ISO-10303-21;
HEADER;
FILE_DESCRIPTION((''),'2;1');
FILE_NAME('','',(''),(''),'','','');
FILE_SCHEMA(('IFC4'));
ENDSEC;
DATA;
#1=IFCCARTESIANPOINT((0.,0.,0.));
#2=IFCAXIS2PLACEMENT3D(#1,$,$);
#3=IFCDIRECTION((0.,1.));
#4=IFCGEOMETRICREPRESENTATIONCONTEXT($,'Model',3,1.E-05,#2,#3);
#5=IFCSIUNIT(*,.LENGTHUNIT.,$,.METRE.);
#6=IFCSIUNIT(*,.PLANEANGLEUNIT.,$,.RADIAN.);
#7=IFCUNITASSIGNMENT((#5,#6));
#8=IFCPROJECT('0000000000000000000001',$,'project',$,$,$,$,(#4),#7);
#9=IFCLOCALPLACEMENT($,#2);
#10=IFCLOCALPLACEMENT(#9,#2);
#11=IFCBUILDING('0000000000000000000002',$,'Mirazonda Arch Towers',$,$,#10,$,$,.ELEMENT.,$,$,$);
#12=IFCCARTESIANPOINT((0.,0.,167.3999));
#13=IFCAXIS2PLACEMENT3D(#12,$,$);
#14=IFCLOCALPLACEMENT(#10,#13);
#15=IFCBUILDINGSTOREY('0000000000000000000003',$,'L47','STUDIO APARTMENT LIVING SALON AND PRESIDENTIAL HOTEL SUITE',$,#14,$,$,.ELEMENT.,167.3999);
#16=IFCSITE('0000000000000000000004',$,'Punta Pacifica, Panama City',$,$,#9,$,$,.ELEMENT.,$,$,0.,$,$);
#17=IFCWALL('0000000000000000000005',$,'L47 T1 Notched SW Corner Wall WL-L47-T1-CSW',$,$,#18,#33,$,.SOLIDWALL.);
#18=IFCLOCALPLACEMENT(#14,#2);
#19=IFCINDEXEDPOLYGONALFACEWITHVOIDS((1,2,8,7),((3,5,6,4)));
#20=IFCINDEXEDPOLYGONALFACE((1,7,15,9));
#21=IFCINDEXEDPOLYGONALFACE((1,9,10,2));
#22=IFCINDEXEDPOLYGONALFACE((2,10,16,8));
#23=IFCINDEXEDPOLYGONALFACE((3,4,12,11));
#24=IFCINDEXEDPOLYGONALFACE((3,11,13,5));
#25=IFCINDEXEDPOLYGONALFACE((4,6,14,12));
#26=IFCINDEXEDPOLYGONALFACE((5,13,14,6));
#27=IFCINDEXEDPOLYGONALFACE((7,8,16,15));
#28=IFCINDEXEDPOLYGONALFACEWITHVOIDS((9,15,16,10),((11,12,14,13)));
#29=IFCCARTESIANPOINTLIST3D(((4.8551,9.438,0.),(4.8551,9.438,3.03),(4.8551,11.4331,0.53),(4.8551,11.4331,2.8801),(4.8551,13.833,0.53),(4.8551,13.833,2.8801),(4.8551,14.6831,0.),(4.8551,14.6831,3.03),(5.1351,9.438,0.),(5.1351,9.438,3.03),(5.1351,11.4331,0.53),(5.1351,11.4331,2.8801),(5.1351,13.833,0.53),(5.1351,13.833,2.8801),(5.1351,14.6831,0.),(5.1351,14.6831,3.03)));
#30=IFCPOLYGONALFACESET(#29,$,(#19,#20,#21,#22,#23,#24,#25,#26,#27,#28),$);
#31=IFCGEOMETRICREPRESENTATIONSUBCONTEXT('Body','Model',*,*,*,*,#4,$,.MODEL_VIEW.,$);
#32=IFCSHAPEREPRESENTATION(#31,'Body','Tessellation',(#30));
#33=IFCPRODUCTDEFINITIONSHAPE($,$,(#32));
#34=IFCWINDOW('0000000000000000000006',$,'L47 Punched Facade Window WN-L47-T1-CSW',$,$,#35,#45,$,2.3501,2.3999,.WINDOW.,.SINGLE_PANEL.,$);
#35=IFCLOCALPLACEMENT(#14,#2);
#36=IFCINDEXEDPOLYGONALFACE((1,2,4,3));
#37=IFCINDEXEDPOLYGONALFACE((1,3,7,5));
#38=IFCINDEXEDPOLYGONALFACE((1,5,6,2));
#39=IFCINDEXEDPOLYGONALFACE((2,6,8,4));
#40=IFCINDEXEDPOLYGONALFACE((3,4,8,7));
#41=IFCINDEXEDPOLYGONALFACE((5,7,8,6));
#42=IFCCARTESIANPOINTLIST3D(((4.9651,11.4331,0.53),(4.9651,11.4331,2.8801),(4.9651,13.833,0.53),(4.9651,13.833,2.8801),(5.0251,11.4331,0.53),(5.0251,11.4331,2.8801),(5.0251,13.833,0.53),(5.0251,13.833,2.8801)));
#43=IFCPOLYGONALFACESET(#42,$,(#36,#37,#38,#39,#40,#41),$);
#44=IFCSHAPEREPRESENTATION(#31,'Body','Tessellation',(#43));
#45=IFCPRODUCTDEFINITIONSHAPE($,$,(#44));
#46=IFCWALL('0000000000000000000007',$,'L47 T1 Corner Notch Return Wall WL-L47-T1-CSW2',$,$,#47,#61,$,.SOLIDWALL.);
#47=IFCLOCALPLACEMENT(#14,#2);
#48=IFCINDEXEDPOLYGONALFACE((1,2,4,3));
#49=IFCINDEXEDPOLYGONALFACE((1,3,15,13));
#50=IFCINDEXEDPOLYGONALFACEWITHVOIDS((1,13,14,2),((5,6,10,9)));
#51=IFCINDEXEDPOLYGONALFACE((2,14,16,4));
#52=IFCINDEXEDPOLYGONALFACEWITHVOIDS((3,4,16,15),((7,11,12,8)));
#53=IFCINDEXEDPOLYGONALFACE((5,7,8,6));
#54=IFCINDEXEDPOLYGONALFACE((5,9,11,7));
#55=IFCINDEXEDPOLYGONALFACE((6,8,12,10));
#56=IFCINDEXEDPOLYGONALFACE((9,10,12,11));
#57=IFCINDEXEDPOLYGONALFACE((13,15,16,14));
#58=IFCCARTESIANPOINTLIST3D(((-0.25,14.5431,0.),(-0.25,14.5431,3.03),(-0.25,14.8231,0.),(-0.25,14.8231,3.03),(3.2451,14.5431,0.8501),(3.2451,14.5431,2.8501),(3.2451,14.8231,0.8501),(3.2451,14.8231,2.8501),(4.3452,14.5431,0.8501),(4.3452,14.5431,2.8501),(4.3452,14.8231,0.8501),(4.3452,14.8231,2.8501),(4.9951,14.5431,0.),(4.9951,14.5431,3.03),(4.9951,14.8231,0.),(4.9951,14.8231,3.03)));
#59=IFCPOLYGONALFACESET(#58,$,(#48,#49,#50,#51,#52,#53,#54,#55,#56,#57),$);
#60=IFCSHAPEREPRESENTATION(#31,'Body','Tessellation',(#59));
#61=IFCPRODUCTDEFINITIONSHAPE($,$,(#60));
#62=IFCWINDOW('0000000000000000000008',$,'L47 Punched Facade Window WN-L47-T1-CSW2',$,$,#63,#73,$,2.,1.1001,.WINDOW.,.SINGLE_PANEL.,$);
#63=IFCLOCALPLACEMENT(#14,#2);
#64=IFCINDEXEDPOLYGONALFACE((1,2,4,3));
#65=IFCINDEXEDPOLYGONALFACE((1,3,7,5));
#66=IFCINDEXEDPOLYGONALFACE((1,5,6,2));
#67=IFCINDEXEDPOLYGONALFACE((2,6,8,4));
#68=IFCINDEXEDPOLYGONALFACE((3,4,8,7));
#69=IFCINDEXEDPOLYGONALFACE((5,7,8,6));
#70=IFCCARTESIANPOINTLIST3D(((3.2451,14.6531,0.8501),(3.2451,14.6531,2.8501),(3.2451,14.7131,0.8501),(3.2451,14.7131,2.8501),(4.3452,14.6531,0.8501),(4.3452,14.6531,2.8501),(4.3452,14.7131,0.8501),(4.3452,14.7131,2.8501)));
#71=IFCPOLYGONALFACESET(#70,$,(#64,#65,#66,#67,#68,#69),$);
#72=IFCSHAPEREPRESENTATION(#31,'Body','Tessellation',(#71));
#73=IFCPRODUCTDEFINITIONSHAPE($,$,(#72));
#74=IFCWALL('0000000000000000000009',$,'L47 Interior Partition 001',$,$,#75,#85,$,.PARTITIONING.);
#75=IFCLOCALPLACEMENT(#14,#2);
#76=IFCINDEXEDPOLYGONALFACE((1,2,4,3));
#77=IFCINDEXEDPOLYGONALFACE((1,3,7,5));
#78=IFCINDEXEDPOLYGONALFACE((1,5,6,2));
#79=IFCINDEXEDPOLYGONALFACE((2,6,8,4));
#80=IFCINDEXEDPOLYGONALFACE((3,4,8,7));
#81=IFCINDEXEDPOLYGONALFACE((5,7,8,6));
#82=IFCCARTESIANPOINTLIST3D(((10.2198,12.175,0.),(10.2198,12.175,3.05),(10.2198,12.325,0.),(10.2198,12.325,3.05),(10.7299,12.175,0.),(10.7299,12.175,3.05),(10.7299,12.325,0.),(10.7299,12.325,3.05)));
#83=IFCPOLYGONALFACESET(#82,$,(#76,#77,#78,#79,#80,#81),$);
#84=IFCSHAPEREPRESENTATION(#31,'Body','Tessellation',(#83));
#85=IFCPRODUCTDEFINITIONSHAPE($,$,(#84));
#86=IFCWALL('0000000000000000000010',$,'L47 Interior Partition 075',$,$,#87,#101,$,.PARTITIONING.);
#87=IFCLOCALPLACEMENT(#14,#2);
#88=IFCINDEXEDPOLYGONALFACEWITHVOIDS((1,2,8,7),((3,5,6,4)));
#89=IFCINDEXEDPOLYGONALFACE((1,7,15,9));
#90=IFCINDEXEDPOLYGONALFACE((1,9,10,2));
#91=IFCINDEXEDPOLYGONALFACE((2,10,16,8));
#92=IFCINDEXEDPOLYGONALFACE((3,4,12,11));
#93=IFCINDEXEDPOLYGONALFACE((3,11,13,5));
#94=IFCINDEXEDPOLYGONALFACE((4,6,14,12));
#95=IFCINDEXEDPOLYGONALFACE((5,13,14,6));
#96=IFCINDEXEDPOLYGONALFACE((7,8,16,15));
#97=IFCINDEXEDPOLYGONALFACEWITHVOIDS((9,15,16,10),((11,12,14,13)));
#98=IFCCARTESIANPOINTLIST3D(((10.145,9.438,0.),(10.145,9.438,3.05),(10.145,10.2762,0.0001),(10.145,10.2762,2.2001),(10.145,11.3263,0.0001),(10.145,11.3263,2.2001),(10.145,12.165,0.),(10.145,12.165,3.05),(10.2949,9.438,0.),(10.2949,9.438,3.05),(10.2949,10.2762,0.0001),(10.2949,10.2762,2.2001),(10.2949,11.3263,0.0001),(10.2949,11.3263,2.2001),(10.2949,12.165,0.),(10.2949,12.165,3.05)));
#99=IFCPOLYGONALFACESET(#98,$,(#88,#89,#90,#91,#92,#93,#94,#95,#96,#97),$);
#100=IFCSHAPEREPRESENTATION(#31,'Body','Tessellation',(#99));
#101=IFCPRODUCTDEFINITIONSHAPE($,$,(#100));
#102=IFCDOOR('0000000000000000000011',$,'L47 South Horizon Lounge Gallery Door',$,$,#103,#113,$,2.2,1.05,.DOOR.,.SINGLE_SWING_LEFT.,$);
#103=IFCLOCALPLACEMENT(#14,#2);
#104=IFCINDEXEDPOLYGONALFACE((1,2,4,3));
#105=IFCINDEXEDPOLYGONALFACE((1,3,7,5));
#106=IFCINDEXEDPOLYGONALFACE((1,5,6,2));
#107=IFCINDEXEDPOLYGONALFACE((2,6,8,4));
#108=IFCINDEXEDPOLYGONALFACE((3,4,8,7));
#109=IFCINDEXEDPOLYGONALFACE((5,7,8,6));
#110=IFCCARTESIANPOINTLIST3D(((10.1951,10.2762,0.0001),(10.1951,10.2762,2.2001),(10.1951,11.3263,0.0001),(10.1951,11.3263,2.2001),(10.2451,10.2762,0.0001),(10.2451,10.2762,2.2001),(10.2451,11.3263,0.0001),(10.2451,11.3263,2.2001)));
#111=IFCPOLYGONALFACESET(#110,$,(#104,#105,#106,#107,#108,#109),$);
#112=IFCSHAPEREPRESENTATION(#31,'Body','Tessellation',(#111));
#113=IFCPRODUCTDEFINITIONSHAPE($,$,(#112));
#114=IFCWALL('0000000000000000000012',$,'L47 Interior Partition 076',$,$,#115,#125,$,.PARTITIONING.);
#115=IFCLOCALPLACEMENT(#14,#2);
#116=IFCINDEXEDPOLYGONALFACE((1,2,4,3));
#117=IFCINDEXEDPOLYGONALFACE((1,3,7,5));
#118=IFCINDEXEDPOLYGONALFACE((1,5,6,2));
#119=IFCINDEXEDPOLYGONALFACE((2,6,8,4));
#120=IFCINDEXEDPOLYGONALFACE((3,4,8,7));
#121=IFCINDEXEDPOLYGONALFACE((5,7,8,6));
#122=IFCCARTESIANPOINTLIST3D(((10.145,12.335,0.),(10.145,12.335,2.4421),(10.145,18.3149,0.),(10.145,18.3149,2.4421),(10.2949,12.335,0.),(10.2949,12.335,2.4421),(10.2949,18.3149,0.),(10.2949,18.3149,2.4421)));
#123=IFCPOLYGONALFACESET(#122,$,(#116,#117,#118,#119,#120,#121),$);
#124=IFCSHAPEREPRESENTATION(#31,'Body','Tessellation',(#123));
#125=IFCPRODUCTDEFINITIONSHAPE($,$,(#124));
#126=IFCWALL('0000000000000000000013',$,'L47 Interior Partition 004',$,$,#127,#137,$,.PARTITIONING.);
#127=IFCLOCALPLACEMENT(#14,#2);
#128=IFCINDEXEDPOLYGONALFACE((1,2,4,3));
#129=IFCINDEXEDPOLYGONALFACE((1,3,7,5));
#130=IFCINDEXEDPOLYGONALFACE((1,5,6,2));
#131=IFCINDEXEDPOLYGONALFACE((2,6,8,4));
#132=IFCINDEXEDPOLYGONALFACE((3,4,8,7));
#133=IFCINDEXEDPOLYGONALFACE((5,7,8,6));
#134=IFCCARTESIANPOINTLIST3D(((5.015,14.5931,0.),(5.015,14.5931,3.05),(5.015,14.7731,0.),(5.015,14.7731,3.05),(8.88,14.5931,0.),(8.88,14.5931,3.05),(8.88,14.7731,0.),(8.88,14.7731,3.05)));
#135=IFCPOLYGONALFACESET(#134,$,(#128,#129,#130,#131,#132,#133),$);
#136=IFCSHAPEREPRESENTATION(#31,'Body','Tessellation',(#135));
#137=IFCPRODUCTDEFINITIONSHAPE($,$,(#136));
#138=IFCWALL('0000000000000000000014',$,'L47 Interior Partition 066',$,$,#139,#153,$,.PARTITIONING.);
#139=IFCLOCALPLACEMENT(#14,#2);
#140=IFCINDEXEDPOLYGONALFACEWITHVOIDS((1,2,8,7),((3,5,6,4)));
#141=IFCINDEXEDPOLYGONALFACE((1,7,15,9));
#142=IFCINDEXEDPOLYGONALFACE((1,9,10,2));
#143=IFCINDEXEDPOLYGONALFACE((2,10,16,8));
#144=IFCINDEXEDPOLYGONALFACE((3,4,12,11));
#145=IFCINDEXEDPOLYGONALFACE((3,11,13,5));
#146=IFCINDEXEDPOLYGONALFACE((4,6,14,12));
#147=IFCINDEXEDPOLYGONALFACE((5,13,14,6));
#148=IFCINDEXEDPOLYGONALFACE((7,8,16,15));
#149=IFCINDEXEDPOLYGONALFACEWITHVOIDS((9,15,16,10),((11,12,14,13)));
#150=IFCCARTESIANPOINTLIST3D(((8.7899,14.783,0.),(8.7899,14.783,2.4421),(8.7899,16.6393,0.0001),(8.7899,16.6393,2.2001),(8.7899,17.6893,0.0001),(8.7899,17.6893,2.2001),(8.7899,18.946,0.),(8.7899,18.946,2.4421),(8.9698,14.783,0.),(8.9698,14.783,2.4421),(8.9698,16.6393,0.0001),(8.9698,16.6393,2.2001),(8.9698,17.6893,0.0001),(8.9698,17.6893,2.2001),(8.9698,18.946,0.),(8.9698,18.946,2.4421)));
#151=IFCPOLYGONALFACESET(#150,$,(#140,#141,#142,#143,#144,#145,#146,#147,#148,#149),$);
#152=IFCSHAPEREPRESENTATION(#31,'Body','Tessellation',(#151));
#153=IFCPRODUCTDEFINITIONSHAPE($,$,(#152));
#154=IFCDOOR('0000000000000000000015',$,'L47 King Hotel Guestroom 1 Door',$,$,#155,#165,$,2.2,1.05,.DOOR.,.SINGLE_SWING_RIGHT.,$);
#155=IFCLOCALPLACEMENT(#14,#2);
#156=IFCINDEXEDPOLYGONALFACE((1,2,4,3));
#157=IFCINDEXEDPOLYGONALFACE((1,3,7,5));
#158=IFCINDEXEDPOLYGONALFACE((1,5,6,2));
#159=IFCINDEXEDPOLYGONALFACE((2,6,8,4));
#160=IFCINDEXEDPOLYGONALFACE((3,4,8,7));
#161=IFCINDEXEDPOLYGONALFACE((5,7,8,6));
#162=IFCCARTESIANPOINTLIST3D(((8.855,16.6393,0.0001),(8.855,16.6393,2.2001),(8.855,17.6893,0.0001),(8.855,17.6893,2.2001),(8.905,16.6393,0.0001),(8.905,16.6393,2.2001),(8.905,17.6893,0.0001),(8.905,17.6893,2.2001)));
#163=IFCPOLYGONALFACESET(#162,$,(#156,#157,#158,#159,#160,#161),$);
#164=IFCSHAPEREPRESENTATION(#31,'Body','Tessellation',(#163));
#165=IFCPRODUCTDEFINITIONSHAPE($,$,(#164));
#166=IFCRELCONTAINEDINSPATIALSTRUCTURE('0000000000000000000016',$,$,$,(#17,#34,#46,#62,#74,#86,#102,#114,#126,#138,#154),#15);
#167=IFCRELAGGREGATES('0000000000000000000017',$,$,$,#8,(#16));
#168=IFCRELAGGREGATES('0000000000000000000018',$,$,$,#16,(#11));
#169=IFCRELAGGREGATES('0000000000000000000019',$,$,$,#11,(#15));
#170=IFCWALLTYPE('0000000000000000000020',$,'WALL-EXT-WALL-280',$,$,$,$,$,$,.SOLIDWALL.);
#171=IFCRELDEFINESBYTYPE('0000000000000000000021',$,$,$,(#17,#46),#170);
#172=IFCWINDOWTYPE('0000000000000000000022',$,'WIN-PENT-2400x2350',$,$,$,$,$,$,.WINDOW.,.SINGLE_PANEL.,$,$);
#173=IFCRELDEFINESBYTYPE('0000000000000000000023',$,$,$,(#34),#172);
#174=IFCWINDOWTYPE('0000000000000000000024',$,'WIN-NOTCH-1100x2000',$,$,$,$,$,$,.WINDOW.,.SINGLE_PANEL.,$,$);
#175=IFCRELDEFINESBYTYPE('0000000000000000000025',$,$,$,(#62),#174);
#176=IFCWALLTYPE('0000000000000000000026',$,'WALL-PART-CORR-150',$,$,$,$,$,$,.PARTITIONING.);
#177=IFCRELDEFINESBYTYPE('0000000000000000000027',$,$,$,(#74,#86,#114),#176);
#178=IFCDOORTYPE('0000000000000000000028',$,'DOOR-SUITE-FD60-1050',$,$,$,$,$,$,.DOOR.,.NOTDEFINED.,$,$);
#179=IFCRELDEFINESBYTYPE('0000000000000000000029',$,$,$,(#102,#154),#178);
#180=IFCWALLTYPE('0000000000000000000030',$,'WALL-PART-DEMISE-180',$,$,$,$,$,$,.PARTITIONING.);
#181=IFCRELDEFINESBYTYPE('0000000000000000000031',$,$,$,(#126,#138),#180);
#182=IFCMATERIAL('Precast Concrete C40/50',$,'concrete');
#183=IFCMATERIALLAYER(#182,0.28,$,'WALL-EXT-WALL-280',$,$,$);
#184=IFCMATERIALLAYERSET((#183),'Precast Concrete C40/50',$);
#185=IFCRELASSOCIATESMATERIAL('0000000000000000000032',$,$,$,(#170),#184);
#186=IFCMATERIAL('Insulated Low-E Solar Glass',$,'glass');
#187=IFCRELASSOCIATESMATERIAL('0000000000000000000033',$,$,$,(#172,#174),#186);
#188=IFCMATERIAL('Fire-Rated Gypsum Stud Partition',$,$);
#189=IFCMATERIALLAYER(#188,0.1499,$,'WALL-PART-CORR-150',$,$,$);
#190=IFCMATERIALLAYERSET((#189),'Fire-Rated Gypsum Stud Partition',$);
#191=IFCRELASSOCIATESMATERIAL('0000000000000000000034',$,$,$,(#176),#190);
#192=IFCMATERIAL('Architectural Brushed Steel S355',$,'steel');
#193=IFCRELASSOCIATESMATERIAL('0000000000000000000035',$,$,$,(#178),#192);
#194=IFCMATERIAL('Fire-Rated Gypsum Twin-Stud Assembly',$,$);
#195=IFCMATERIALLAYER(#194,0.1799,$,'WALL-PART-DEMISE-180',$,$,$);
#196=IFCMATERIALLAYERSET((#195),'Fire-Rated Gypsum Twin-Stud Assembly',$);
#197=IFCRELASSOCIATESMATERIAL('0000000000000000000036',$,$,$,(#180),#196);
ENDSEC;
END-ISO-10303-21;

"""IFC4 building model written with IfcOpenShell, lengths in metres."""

from ifc_helpers import new_model, si_unit, direction, frame, frame_2d, origin, place, context, subcontext, project, spatial, rectangle, extrude, material, layer, layer_set, type_object, element, fill, save


model = new_model("IFC4")

# Units and contexts
model_context = context("Model", 3, precision=1e-05, world=origin(), true_north=direction((0.0, 1.0)))
body_context = subcontext(model_context, "Body", "Model", "MODEL_VIEW")
ifc_project = project(units=[si_unit("LENGTHUNIT", "METRE"), si_unit("PLANEANGLEUNIT", "RADIAN")], contexts=[model_context])

# Site, building, storey
site_placement = place(None, origin())
site = spatial("IfcSite", under=ifc_project, at=site_placement, Name="Punta Pacifica, Panama City", CompositionType="ELEMENT", RefElevation=0.0)
building_placement = place(site_placement, origin())
building = spatial("IfcBuilding", under=site, at=building_placement, Name="Mirazonda Arch Towers", CompositionType="ELEMENT")
storey_placement = place(building_placement, frame((0.0, 0.0, 167.3999)))
storey = spatial("IfcBuildingStorey", under=building, at=storey_placement, Name="L47", Description="STUDIO APARTMENT LIVING SALON AND PRESIDENTIAL HOTEL SUITE", CompositionType="ELEMENT", Elevation=167.3999)

# Shared definitions
ifc_material_1 = material(Name="Insulated Low-E Solar Glass", Category="glass")

# Walls, openings, windows
ifc_material_2 = material(Name="Precast Concrete C40/50", Category="concrete")
ifc_layer_1 = layer(ifc_material_2, 0.28, Name="WALL-EXT-WALL-280")
ifc_layer_set_1 = layer_set([ifc_layer_1], Name="Precast Concrete C40/50")
wall_type_1 = type_object("IfcWallType", Name="WALL-EXT-WALL-280", PredefinedType="SOLIDWALL", material=ifc_layer_set_1)
wall_1_placement = place(storey_placement, frame((4.9951, 14.6831, 0.0), z_axis=(0.0, 0.0, 1.0), x_axis=(0.0, -1.0, 0.0)))
wall_1 = element("IfcWall", 1, at=wall_1_placement, inside=storey, type_object=wall_type_1, Name="L47 T1 Notched SW Corner Wall WL-L47-T1-CSW", PredefinedType="SOLIDWALL", context=body_context, shape_type="SweptSolid", body=[
    extrude(rectangle(XDim=5.2451, YDim=0.28, at=frame_2d((2.6226, 0.0))), origin(), (0.0, 0.0, 1.0), 3.03),
])
opening_1_placement = place(wall_1_placement, frame((0.8501, 0.0, 0.53)))
opening_1 = element("IfcOpeningElement", 2, at=opening_1_placement, cuts=wall_1, PredefinedType="OPENING", context=body_context, shape_type="SweptSolid", body=[
    extrude(rectangle(XDim=2.3999, YDim=2.3501, at=frame_2d((1.2, 1.175))), frame((0.0, 0.1499, 0.0), z_axis=(0.0, -1.0, 0.0), x_axis=(1.0, 0.0, 0.0)), (0.0, 0.0, 1.0), 0.3),
])
window_type_1 = type_object("IfcWindowType", Name="WIN-PENT-2400x2350", PartitioningType="SINGLE_PANEL", PredefinedType="WINDOW", material=ifc_material_1)
window_1_placement = place(opening_1_placement, origin())
window_1 = element("IfcWindow", 3, at=window_1_placement, inside=storey, type_object=window_type_1, Name="L47 Punched Facade Window WN-L47-T1-CSW", OverallHeight=2.3501, OverallWidth=2.3999, PartitioningType="SINGLE_PANEL", PredefinedType="WINDOW", context=body_context, shape_type="SweptSolid", body=[
    extrude(rectangle(XDim=2.3999, YDim=2.3501, at=frame_2d((1.2, 1.175))), frame((0.0, 0.03, 0.0), z_axis=(0.0, -1.0, 0.0), x_axis=(1.0, 0.0, 0.0)), (0.0, 0.0, 1.0), 0.0601),
])
fill(opening_1, window_1)
wall_2_placement = place(storey_placement, frame((-0.25, 14.6831, 0.0), z_axis=(0.0, 0.0, 1.0), x_axis=(1.0, 0.0, 0.0)))
wall_2 = element("IfcWall", 4, at=wall_2_placement, inside=storey, type_object=wall_type_1, Name="L47 T1 Corner Notch Return Wall WL-L47-T1-CSW2", PredefinedType="SOLIDWALL", context=body_context, shape_type="SweptSolid", body=[
    extrude(rectangle(XDim=5.2451, YDim=0.28, at=frame_2d((2.6226, 0.0))), origin(), (0.0, 0.0, 1.0), 3.03),
])
opening_2_placement = place(wall_2_placement, frame((3.4951, 0.0, 0.8501)))
opening_2 = element("IfcOpeningElement", 5, at=opening_2_placement, cuts=wall_2, PredefinedType="OPENING", context=body_context, shape_type="SweptSolid", body=[
    extrude(rectangle(XDim=1.1001, YDim=2.0, at=frame_2d((0.55, 1.0))), frame((0.0, 0.1499, 0.0), z_axis=(0.0, -1.0, 0.0), x_axis=(1.0, 0.0, 0.0)), (0.0, 0.0, 1.0), 0.3),
])
window_type_2 = type_object("IfcWindowType", Name="WIN-NOTCH-1100x2000", PartitioningType="SINGLE_PANEL", PredefinedType="WINDOW", material=ifc_material_1)
window_2_placement = place(opening_2_placement, origin())
window_2 = element("IfcWindow", 6, at=window_2_placement, inside=storey, type_object=window_type_2, Name="L47 Punched Facade Window WN-L47-T1-CSW2", OverallHeight=2.0, OverallWidth=1.1001, PartitioningType="SINGLE_PANEL", PredefinedType="WINDOW", context=body_context, shape_type="SweptSolid", body=[
    extrude(rectangle(XDim=1.1001, YDim=2.0, at=frame_2d((0.55, 1.0))), frame((0.0, 0.03, 0.0), z_axis=(0.0, -1.0, 0.0), x_axis=(1.0, 0.0, 0.0)), (0.0, 0.0, 1.0), 0.0601),
])
fill(opening_2, window_2)

# Wall
ifc_material_3 = material(Name="Fire-Rated Gypsum Stud Partition")
ifc_layer_2 = layer(ifc_material_3, 0.1499, Name="WALL-PART-CORR-150")
ifc_layer_set_2 = layer_set([ifc_layer_2], Name="Fire-Rated Gypsum Stud Partition")
wall_type_2 = type_object("IfcWallType", Name="WALL-PART-CORR-150", PredefinedType="PARTITIONING", material=ifc_layer_set_2)
wall_3_placement = place(storey_placement, frame((10.22, 12.25, 0.0), z_axis=(0.0, 0.0, 1.0), x_axis=(1.0, 0.0, 0.0)))
element("IfcWall", 7, at=wall_3_placement, inside=storey, type_object=wall_type_2, Name="L47 Interior Partition 001", PredefinedType="PARTITIONING", context=body_context, shape_type="SweptSolid", body=[
    extrude(rectangle(XDim=0.51, YDim=0.1499, at=frame_2d((0.2549, 0.0))), origin(), (0.0, 0.0, 1.0), 3.05),
])

# Wall, opening, door
wall_4_placement = place(storey_placement, frame((10.22, 9.438, 0.0), z_axis=(0.0, 0.0, 1.0), x_axis=(0.0, 1.0, 0.0)))
wall_4 = element("IfcWall", 8, at=wall_4_placement, inside=storey, type_object=wall_type_2, Name="L47 Interior Partition 075", PredefinedType="PARTITIONING", context=body_context, shape_type="SweptSolid", body=[
    extrude(rectangle(XDim=2.7271, YDim=0.1499, at=frame_2d((1.3635, 0.0))), origin(), (0.0, 0.0, 1.0), 3.05),
])
opening_3_placement = place(wall_4_placement, frame((0.8384, 0.0, 0.0)))
opening_3 = element("IfcOpeningElement", 9, at=opening_3_placement, cuts=wall_4, PredefinedType="OPENING", context=body_context, shape_type="SweptSolid", body=[
    extrude(rectangle(XDim=1.05, YDim=2.2, at=frame_2d((0.5249, 1.1001))), frame((0.0, 0.085, 0.0), z_axis=(0.0, -1.0, 0.0), x_axis=(1.0, 0.0, 0.0)), (0.0, 0.0, 1.0), 0.1699),
])
ifc_material_4 = material(Name="Architectural Brushed Steel S355", Category="steel")
door_type_1 = type_object("IfcDoorType", Name="DOOR-SUITE-FD60-1050", OperationType="NOTDEFINED", PredefinedType="DOOR", material=ifc_material_4)
door_1_placement = place(opening_3_placement, origin())
door_1 = element("IfcDoor", 10, at=door_1_placement, inside=storey, type_object=door_type_1, Name="L47 South Horizon Lounge Gallery Door", OperationType="SINGLE_SWING_LEFT", OverallHeight=2.2, OverallWidth=1.05, PredefinedType="DOOR", context=body_context, shape_type="SweptSolid", body=[
    extrude(rectangle(XDim=1.05, YDim=2.2, at=frame_2d((0.5249, 1.1001))), frame((0.0, 0.0249, 0.0), z_axis=(0.0, -1.0, 0.0), x_axis=(1.0, 0.0, 0.0)), (0.0, 0.0, 1.0), 0.05),
])
fill(opening_3, door_1)

# Walls
wall_5_placement = place(storey_placement, frame((10.22, 12.335, 0.0), z_axis=(0.0, 0.0, 1.0), x_axis=(0.0, 1.0, 0.0)))
element("IfcWall", 11, at=wall_5_placement, inside=storey, type_object=wall_type_2, Name="L47 Interior Partition 076", PredefinedType="PARTITIONING", context=body_context, shape_type="SweptSolid", body=[
    extrude(rectangle(XDim=5.98, YDim=0.1499, at=frame_2d((2.99, 0.0))), origin(), (0.0, 0.0, 1.0), 2.4421),
])
ifc_material_5 = material(Name="Fire-Rated Gypsum Twin-Stud Assembly")
ifc_layer_3 = layer(ifc_material_5, 0.1799, Name="WALL-PART-DEMISE-180")
ifc_layer_set_3 = layer_set([ifc_layer_3], Name="Fire-Rated Gypsum Twin-Stud Assembly")
wall_type_3 = type_object("IfcWallType", Name="WALL-PART-DEMISE-180", PredefinedType="PARTITIONING", material=ifc_layer_set_3)
wall_6_placement = place(storey_placement, frame((5.0149, 14.6831, 0.0), z_axis=(0.0, 0.0, 1.0), x_axis=(1.0, 0.0, 0.0)))
element("IfcWall", 12, at=wall_6_placement, inside=storey, type_object=wall_type_3, Name="L47 Interior Partition 004", PredefinedType="PARTITIONING", context=body_context, shape_type="SweptSolid", body=[
    extrude(rectangle(XDim=3.865, YDim=0.1799, at=frame_2d((1.9326, 0.0))), origin(), (0.0, 0.0, 1.0), 3.05),
])

# Wall, opening, door
wall_7_placement = place(storey_placement, frame((8.8799, 14.783, 0.0), z_axis=(0.0, 0.0, 1.0), x_axis=(0.0, 1.0, 0.0)))
wall_7 = element("IfcWall", 13, at=wall_7_placement, inside=storey, type_object=wall_type_3, Name="L47 Interior Partition 066", PredefinedType="PARTITIONING", context=body_context, shape_type="SweptSolid", body=[
    extrude(rectangle(XDim=4.1631, YDim=0.1799, at=frame_2d((2.0815, 0.0))), origin(), (0.0, 0.0, 1.0), 2.4421),
])
opening_4_placement = place(wall_7_placement, frame((1.8564, 0.0, 0.0)))
opening_4 = element("IfcOpeningElement", 14, at=opening_4_placement, cuts=wall_7, PredefinedType="OPENING", context=body_context, shape_type="SweptSolid", body=[
    extrude(rectangle(XDim=1.05, YDim=2.2, at=frame_2d((0.5249, 1.1001))), frame((0.0, 0.0999, 0.0), z_axis=(0.0, -1.0, 0.0), x_axis=(1.0, 0.0, 0.0)), (0.0, 0.0, 1.0), 0.2),
])
door_2_placement = place(opening_4_placement, origin())
door_2 = element("IfcDoor", 15, at=door_2_placement, inside=storey, type_object=door_type_1, Name="L47 King Hotel Guestroom 1 Door", OperationType="SINGLE_SWING_RIGHT", OverallHeight=2.2, OverallWidth=1.05, PredefinedType="DOOR", context=body_context, shape_type="SweptSolid", body=[
    extrude(rectangle(XDim=1.05, YDim=2.2, at=frame_2d((0.5249, 1.1001))), frame((0.0, 0.0249, 0.0), z_axis=(0.0, -1.0, 0.0), x_axis=(1.0, 0.0, 0.0)), (0.0, 0.0, 1.0), 0.05),
])
fill(opening_4, door_2)

save(model, "model.ifc")
